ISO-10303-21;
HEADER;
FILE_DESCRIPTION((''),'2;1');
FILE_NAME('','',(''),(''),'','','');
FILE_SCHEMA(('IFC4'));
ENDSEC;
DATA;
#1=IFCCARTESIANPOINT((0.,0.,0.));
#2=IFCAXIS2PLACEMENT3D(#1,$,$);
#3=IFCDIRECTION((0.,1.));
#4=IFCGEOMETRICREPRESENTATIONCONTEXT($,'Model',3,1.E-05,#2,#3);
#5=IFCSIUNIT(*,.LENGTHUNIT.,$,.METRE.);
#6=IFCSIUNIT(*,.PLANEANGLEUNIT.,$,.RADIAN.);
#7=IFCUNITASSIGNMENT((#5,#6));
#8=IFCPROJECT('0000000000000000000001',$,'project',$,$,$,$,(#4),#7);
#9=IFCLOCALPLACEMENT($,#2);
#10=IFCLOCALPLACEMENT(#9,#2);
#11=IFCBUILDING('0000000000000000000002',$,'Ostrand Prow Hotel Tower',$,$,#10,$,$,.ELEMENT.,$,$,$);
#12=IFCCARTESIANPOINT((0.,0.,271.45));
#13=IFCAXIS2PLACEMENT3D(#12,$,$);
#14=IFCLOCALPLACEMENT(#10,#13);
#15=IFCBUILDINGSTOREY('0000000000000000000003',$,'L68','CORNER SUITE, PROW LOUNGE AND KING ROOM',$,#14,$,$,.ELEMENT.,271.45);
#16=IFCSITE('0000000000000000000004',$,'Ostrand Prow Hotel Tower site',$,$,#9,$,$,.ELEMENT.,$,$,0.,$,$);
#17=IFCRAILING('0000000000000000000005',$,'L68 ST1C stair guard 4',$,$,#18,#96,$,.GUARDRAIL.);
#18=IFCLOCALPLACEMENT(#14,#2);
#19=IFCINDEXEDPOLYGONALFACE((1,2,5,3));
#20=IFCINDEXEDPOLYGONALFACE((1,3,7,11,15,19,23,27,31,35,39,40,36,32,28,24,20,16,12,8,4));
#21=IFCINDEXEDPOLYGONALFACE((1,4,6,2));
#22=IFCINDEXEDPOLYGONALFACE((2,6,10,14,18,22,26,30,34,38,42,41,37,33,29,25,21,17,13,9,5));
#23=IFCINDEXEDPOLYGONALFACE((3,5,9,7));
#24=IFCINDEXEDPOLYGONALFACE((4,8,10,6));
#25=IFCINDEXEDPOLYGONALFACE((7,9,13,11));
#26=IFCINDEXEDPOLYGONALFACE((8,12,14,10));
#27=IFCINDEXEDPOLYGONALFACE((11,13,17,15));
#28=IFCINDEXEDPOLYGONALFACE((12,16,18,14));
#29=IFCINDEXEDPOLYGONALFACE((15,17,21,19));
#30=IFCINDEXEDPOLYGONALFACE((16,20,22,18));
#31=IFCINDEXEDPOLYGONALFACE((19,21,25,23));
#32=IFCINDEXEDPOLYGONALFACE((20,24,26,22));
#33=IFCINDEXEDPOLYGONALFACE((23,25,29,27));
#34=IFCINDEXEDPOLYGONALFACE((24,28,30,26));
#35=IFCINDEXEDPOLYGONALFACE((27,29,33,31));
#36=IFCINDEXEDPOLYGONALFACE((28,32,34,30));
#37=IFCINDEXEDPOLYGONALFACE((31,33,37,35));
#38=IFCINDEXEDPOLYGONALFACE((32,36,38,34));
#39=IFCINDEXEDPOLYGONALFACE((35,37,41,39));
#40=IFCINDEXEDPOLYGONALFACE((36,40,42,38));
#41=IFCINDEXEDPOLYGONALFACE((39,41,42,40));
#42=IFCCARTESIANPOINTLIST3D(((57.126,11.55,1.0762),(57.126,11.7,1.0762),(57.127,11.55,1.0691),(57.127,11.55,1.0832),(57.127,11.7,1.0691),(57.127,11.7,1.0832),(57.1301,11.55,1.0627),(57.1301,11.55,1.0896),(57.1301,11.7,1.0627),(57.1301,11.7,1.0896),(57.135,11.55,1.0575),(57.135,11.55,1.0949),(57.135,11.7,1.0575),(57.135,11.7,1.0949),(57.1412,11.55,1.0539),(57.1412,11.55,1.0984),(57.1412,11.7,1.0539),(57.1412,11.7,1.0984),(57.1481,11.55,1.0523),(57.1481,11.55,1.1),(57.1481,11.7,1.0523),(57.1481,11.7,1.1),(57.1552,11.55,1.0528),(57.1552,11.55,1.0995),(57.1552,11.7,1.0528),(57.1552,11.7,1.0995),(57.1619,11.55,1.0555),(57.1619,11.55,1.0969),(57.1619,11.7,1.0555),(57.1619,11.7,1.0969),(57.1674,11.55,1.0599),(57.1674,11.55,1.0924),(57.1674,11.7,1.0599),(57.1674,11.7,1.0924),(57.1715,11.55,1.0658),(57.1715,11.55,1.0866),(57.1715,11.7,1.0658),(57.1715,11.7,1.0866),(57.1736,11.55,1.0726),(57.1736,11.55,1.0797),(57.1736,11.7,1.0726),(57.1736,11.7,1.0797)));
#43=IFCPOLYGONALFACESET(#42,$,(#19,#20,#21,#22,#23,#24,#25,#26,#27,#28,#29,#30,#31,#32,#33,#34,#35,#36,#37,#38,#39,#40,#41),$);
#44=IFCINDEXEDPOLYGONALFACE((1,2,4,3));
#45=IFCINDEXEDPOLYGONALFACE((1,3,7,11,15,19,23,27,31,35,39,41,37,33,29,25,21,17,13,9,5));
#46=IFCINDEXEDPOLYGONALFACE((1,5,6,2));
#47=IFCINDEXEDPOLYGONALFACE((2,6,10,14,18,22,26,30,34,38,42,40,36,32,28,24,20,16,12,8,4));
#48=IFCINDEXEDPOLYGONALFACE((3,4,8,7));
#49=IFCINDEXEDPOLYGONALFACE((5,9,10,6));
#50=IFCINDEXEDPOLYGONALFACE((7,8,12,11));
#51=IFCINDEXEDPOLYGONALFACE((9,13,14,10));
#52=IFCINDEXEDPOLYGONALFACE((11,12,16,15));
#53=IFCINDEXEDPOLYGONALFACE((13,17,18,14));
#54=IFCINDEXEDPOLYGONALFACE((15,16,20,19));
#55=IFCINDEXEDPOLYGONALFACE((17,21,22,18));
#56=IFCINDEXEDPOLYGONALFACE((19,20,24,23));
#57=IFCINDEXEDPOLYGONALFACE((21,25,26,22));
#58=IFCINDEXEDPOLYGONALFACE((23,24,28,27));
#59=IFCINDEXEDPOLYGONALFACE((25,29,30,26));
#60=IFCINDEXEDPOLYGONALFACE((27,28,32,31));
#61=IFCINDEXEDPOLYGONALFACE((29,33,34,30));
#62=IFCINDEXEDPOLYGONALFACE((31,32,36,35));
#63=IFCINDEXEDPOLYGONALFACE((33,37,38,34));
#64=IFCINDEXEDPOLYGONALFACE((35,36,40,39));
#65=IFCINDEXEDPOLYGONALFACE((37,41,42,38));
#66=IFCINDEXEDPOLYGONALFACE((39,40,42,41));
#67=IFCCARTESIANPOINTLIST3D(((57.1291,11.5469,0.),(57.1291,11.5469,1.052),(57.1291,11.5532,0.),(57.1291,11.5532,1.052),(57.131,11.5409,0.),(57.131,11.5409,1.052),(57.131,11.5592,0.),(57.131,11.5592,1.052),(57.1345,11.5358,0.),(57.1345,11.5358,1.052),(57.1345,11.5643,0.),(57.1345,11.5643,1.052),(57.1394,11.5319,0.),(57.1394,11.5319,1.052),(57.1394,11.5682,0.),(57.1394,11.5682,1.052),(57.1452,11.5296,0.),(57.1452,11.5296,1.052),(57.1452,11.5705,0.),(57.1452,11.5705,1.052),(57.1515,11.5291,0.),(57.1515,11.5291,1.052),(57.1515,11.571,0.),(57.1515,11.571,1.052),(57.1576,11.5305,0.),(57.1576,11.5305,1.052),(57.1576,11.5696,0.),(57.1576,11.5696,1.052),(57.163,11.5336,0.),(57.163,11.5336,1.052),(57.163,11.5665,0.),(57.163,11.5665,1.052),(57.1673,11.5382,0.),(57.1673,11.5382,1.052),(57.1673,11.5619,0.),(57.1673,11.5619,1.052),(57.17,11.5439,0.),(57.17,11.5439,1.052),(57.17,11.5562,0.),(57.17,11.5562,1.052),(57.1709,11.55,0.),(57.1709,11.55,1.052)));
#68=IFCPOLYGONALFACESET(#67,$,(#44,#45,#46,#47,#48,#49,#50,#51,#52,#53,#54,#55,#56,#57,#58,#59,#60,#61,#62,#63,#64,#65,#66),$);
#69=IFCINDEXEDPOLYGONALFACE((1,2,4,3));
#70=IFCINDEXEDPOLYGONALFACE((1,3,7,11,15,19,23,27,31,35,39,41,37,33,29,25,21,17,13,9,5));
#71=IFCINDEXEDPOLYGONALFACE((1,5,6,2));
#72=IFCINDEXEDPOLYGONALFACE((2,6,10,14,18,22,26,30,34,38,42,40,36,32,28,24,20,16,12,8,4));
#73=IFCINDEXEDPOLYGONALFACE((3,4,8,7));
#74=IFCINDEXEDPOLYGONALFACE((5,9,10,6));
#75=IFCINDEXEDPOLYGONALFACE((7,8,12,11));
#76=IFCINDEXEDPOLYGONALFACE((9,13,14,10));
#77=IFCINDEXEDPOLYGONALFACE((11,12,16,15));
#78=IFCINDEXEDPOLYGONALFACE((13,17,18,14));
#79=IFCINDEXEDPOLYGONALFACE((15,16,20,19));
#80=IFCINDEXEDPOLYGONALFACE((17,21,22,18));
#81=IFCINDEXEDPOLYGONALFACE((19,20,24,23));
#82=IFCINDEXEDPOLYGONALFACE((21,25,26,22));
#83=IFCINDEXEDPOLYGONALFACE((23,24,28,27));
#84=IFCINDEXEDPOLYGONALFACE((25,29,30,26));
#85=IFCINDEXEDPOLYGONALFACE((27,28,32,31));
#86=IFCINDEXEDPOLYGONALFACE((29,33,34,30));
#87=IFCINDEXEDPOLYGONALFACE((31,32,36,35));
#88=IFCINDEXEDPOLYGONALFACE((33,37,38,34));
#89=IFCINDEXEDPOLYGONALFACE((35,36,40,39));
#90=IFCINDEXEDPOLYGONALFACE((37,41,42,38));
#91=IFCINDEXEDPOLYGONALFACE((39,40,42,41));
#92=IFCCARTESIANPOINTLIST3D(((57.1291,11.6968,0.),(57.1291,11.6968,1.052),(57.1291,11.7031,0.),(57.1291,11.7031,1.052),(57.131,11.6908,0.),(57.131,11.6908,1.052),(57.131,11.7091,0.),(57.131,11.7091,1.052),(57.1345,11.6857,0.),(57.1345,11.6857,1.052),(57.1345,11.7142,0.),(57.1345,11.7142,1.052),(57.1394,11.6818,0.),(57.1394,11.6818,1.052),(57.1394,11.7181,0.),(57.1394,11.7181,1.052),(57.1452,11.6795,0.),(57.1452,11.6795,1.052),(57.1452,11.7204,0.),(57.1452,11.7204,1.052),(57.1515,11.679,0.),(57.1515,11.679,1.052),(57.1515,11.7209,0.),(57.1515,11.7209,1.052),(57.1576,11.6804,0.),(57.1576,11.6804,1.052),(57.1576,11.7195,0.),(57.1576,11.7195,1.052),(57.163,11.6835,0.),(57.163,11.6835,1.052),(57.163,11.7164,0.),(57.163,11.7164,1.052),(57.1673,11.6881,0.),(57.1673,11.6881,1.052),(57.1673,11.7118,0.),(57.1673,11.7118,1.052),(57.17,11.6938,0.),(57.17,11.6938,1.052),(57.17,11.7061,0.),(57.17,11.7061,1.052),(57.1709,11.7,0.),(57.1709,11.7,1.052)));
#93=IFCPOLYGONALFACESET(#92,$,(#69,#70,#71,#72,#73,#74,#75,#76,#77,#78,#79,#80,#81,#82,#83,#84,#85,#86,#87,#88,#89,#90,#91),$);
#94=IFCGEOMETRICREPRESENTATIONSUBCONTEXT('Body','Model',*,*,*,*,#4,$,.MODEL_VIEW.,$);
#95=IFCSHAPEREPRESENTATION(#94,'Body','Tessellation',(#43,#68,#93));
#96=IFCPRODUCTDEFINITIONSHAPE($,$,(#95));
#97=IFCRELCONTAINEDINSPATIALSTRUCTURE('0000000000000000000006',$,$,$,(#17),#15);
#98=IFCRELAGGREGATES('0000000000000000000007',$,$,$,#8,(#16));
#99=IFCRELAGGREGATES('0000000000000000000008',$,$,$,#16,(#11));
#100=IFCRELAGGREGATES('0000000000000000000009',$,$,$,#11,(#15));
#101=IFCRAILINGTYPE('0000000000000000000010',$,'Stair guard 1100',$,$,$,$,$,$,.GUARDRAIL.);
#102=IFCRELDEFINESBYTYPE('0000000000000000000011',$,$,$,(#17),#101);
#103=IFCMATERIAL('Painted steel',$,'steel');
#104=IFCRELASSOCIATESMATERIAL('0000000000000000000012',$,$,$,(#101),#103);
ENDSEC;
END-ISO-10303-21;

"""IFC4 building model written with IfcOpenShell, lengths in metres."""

from ifc_helpers import new_model, si_unit, direction, frame, origin, origin_2d, place, context, subcontext, project, spatial, circle, extrude, material, type_object, element, save


model = new_model("IFC4")

# Units and contexts
model_context = context("Model", 3, precision=1e-05, world=origin(), true_north=direction((0.0, 1.0)))
body_context = subcontext(model_context, "Body", "Model", "MODEL_VIEW")
ifc_project = project(units=[si_unit("LENGTHUNIT", "METRE"), si_unit("PLANEANGLEUNIT", "RADIAN")], contexts=[model_context])

# Site, building, storey
site_placement = place(None, origin())
site = spatial("IfcSite", under=ifc_project, at=site_placement, Name="Ostrand Prow Hotel Tower site", CompositionType="ELEMENT", RefElevation=0.0)
building_placement = place(site_placement, origin())
building = spatial("IfcBuilding", under=site, at=building_placement, Name="Ostrand Prow Hotel Tower", CompositionType="ELEMENT")
storey_placement = place(building_placement, frame((0.0, 0.0, 271.45)))
storey = spatial("IfcBuildingStorey", under=building, at=storey_placement, Name="L68", Description="CORNER SUITE, PROW LOUNGE AND KING ROOM", CompositionType="ELEMENT", Elevation=271.45)

# Railing
ifc_material_1 = material(Name="Painted steel", Category="steel")
railing_type_1 = type_object("IfcRailingType", Name="Stair guard 1100", PredefinedType="GUARDRAIL", material=ifc_material_1)
railing_1_placement = place(storey_placement, frame((57.1499, 11.55, 0.0)))
element("IfcRailing", 1, at=railing_1_placement, inside=storey, type_object=railing_type_1, Name="L68 ST1C stair guard 4", PredefinedType="GUARDRAIL", context=body_context, shape_type="SweptSolid", body=[
    extrude(circle(Radius=0.0239, at=origin_2d()), frame((0.0, 0.0, 1.0762), z_axis=(0.0, 1.0, 0.0), x_axis=(-1.0, 0.0, 0.0)), (0.0, 0.0, 1.0), 0.1499),
    extrude(circle(Radius=0.021, at=origin_2d()), origin(), (0.0, 0.0, 1.0), 1.052),
    extrude(circle(Radius=0.021, at=origin_2d()), frame((0.0, 0.1499, 0.0)), (0.0, 0.0, 1.0), 1.052),
])

save(model, "model.ifc")
